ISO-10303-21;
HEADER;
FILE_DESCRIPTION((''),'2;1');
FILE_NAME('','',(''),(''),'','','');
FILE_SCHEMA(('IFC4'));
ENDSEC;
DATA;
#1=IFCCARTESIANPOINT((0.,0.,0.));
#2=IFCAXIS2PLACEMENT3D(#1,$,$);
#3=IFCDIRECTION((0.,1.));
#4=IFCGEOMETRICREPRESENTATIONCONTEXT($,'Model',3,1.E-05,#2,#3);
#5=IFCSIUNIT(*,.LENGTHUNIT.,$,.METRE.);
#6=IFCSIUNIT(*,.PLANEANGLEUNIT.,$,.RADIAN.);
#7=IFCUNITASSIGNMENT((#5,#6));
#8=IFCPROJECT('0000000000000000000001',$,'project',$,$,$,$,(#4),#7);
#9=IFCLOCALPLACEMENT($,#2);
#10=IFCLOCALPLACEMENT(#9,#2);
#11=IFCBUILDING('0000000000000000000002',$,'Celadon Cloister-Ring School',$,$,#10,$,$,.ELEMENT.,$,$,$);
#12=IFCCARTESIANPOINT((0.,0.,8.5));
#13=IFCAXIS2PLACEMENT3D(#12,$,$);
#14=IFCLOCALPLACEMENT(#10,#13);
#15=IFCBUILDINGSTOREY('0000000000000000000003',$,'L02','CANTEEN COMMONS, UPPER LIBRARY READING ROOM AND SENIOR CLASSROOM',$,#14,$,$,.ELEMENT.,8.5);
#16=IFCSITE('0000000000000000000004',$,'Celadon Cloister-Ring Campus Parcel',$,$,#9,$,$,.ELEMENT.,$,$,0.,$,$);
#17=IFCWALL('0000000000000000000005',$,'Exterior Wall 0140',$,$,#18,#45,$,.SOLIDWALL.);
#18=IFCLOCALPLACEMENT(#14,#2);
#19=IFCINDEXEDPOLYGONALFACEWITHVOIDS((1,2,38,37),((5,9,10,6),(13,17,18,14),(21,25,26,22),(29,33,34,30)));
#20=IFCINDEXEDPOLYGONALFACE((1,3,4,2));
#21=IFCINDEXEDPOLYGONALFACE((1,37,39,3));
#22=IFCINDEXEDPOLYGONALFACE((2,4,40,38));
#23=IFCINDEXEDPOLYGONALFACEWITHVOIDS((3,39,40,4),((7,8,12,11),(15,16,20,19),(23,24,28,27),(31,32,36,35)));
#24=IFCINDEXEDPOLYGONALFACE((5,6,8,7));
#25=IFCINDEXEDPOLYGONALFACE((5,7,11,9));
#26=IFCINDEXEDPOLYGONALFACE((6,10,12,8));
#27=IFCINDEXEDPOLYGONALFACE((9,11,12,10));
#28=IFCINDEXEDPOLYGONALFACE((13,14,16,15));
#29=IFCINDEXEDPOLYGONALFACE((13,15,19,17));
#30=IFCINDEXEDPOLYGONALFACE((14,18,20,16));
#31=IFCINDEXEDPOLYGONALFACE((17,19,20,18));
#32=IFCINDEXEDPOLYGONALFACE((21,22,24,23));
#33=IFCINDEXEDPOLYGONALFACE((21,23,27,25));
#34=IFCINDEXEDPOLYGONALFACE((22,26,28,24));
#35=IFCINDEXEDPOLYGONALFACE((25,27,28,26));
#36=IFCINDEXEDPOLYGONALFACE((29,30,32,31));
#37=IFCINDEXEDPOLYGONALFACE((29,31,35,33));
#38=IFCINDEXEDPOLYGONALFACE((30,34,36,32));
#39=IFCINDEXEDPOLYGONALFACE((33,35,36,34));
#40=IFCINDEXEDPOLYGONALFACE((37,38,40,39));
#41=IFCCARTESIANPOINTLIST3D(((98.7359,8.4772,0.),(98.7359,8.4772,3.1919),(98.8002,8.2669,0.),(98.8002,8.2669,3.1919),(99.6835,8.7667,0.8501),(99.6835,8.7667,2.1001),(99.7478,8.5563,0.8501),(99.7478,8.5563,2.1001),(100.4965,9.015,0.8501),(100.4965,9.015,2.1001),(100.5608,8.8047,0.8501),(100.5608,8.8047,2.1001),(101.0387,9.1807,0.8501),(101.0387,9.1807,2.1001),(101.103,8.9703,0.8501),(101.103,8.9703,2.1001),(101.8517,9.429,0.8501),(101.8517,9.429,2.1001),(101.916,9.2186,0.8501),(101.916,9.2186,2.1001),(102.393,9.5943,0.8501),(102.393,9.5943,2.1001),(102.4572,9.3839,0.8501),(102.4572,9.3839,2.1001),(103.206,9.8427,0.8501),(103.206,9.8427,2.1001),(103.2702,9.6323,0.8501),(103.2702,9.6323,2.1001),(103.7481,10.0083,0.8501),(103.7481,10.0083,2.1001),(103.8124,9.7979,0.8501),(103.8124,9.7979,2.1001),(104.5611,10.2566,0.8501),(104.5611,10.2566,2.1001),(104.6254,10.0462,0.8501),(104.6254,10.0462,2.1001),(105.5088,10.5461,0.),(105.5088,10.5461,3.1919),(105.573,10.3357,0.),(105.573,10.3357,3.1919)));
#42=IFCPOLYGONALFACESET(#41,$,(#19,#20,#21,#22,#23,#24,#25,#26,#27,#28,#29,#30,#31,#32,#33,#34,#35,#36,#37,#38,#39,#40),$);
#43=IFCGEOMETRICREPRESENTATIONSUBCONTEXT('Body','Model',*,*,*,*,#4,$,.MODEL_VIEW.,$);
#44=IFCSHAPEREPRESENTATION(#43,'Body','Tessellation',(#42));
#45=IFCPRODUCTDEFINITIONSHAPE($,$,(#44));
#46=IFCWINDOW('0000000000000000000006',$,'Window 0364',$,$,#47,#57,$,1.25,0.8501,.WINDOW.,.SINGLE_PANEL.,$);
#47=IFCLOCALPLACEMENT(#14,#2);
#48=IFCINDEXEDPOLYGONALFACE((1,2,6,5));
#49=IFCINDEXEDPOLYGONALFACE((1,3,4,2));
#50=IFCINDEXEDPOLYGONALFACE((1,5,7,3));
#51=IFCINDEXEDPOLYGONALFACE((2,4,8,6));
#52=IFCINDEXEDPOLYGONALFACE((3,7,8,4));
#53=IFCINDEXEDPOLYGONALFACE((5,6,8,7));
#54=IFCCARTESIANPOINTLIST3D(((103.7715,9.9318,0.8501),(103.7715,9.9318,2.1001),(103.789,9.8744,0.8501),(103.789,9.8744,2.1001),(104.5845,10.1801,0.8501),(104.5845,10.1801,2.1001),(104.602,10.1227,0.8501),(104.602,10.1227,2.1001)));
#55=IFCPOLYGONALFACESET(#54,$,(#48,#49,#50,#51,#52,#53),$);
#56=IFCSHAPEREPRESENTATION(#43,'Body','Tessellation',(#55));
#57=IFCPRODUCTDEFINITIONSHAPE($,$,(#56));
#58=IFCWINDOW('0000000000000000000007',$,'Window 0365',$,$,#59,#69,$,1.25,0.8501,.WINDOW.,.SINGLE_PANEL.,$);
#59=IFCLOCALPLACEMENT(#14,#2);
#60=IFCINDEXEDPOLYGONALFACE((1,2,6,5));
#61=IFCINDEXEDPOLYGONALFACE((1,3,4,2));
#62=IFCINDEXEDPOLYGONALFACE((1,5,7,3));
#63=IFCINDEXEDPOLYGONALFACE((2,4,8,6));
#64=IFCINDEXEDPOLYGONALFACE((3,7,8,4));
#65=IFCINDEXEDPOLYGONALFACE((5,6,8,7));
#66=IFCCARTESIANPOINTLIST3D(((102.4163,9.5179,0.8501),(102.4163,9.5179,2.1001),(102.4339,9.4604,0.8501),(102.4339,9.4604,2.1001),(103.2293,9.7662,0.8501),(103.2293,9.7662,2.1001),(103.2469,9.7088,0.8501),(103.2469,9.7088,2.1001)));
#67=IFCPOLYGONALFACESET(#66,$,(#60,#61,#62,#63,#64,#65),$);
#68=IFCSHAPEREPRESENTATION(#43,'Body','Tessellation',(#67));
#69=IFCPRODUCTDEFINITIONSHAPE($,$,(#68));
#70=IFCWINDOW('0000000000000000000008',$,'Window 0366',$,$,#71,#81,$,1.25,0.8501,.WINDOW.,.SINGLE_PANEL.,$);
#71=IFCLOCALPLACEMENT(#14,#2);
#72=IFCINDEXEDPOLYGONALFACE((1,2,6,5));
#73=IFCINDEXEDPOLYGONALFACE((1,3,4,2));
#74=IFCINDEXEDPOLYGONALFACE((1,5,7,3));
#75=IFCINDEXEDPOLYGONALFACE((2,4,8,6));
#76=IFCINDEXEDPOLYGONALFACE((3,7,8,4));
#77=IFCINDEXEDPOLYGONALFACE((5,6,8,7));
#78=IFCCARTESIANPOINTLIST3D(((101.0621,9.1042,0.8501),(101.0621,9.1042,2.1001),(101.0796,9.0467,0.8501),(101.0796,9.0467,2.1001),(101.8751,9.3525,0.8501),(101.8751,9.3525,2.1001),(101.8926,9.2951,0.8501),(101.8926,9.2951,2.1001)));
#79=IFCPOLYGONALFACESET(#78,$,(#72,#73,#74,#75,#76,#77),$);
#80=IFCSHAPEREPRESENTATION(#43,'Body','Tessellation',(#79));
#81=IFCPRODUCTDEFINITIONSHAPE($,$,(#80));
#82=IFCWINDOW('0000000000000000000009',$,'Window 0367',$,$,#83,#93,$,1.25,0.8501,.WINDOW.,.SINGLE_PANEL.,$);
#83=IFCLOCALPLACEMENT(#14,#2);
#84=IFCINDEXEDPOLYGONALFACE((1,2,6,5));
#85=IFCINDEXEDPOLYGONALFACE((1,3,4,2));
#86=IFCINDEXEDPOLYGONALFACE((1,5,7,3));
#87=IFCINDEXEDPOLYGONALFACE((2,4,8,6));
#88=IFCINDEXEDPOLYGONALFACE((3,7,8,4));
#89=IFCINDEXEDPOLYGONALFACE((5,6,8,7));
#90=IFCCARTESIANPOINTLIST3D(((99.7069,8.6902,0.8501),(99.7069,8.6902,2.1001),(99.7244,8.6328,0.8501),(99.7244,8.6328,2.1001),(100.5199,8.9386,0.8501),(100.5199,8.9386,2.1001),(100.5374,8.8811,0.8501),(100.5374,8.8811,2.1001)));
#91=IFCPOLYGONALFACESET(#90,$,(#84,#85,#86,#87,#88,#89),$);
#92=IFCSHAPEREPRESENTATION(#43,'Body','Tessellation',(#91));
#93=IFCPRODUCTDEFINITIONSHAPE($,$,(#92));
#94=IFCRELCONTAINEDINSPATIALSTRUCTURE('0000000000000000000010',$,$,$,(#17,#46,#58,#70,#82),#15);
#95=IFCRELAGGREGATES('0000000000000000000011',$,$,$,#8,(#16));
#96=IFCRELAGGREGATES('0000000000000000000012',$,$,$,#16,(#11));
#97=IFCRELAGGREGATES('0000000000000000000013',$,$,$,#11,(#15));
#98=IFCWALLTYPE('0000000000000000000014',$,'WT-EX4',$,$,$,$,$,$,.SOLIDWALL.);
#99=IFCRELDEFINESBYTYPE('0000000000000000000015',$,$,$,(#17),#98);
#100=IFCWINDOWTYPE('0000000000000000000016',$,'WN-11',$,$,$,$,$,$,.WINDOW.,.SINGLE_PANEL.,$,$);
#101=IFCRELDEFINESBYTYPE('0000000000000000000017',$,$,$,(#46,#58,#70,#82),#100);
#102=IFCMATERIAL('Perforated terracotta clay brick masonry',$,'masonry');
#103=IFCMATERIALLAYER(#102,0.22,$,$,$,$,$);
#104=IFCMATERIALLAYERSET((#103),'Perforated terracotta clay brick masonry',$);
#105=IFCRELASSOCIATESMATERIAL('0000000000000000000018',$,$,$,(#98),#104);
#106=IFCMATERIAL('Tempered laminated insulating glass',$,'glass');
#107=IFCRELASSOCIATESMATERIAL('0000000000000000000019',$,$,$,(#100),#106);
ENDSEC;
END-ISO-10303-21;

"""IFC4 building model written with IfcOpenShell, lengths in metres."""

from ifc_helpers import new_model, si_unit, direction, frame, frame_2d, origin, place, context, subcontext, project, spatial, rectangle, extrude, material, layer, layer_set, type_object, element, fill, save


model = new_model("IFC4")

# Units and contexts
model_context = context("Model", 3, precision=1e-05, world=origin(), true_north=direction((0.0, 1.0)))
body_context = subcontext(model_context, "Body", "Model", "MODEL_VIEW")
ifc_project = project(units=[si_unit("LENGTHUNIT", "METRE"), si_unit("PLANEANGLEUNIT", "RADIAN")], contexts=[model_context])

# Site, building, storey
site_placement = place(None, origin())
site = spatial("IfcSite", under=ifc_project, at=site_placement, Name="Celadon Cloister-Ring Campus Parcel", CompositionType="ELEMENT", RefElevation=0.0)
building_placement = place(site_placement, origin())
building = spatial("IfcBuilding", under=site, at=building_placement, Name="Celadon Cloister-Ring School", CompositionType="ELEMENT")
storey_placement = place(building_placement, frame((0.0, 0.0, 8.5)))
storey = spatial("IfcBuildingStorey", under=building, at=storey_placement, Name="L02", Description="CANTEEN COMMONS, UPPER LIBRARY READING ROOM AND SENIOR CLASSROOM", CompositionType="ELEMENT", Elevation=8.5)

# Wall, openings, windows
ifc_material_1 = material(Name="Perforated terracotta clay brick masonry", Category="masonry")
ifc_layer_1 = layer(ifc_material_1, 0.22)
ifc_layer_set_1 = layer_set([ifc_layer_1], Name="Perforated terracotta clay brick masonry")
wall_type_1 = type_object("IfcWallType", Name="WT-EX4", PredefinedType="SOLIDWALL", material=ifc_layer_set_1)
wall_1_placement = place(storey_placement, frame((105.541, 10.4409, 0.0), z_axis=(0.0, 0.0, 1.0), x_axis=(-0.956378, -0.292133, 0.0)))
wall_1 = element("IfcWall", 1, at=wall_1_placement, inside=storey, type_object=wall_type_1, Name="Exterior Wall 0140", PredefinedType="SOLIDWALL", context=body_context, shape_type="SweptSolid", body=[
    extrude(rectangle(XDim=7.0818, YDim=0.22, at=frame_2d((3.541, 0.0))), origin(), (0.0, 0.0, 1.0), 3.1919),
])
opening_1_placement = place(wall_1_placement, frame((0.991, 0.0, 0.8501)))
opening_1 = element("IfcOpeningElement", 2, at=opening_1_placement, cuts=wall_1, PredefinedType="OPENING", context=body_context, shape_type="SweptSolid", body=[
    extrude(rectangle(XDim=0.8501, YDim=1.25, at=frame_2d((0.425, 0.625))), frame((0.0, 0.1201, 0.0), z_axis=(0.0, -1.0, 0.0), x_axis=(1.0, 0.0, 0.0)), (0.0, 0.0, 1.0), 0.24),
])
opening_2_placement = place(wall_1_placement, frame((2.408, 0.0, 0.8501)))
opening_2 = element("IfcOpeningElement", 3, at=opening_2_placement, cuts=wall_1, PredefinedType="OPENING", context=body_context, shape_type="SweptSolid", body=[
    extrude(rectangle(XDim=0.8501, YDim=1.25, at=frame_2d((0.425, 0.625))), frame((0.0, 0.1201, 0.0), z_axis=(0.0, -1.0, 0.0), x_axis=(1.0, 0.0, 0.0)), (0.0, 0.0, 1.0), 0.24),
])
opening_3_placement = place(wall_1_placement, frame((3.824, 0.0, 0.8501)))
opening_3 = element("IfcOpeningElement", 4, at=opening_3_placement, cuts=wall_1, PredefinedType="OPENING", context=body_context, shape_type="SweptSolid", body=[
    extrude(rectangle(XDim=0.8501, YDim=1.25, at=frame_2d((0.425, 0.625))), frame((0.0, 0.1201, 0.0), z_axis=(0.0, -1.0, 0.0), x_axis=(1.0, 0.0, 0.0)), (0.0, 0.0, 1.0), 0.24),
])
opening_4_placement = place(wall_1_placement, frame((5.241, 0.0, 0.8501)))
opening_4 = element("IfcOpeningElement", 5, at=opening_4_placement, cuts=wall_1, PredefinedType="OPENING", context=body_context, shape_type="SweptSolid", body=[
    extrude(rectangle(XDim=0.8501, YDim=1.25, at=frame_2d((0.425, 0.625))), frame((0.0, 0.1201, 0.0), z_axis=(0.0, -1.0, 0.0), x_axis=(1.0, 0.0, 0.0)), (0.0, 0.0, 1.0), 0.24),
])
ifc_material_2 = material(Name="Tempered laminated insulating glass", Category="glass")
window_type = type_object("IfcWindowType", Name="WN-11", PartitioningType="SINGLE_PANEL", PredefinedType="WINDOW", material=ifc_material_2)
window_1_placement = place(opening_1_placement, origin())
window_1 = element("IfcWindow", 6, at=window_1_placement, inside=storey, type_object=window_type, Name="Window 0364", OverallHeight=1.25, OverallWidth=0.8501, PartitioningType="SINGLE_PANEL", PredefinedType="WINDOW", context=body_context, shape_type="SweptSolid", body=[
    extrude(rectangle(XDim=0.8501, YDim=1.25, at=frame_2d((0.425, 0.625))), frame((0.0, 0.03, 0.0), z_axis=(0.0, -1.0, 0.0), x_axis=(1.0, 0.0, 0.0)), (0.0, 0.0, 1.0), 0.0601),
])
fill(opening_1, window_1)
window_2_placement = place(opening_2_placement, origin())
window_2 = element("IfcWindow", 7, at=window_2_placement, inside=storey, type_object=window_type, Name="Window 0365", OverallHeight=1.25, OverallWidth=0.8501, PartitioningType="SINGLE_PANEL", PredefinedType="WINDOW", context=body_context, shape_type="SweptSolid", body=[
    extrude(rectangle(XDim=0.8501, YDim=1.25, at=frame_2d((0.425, 0.625))), frame((0.0, 0.03, 0.0), z_axis=(0.0, -1.0, 0.0), x_axis=(1.0, 0.0, 0.0)), (0.0, 0.0, 1.0), 0.0601),
])
fill(opening_2, window_2)
window_3_placement = place(opening_3_placement, origin())
window_3 = element("IfcWindow", 8, at=window_3_placement, inside=storey, type_object=window_type, Name="Window 0366", OverallHeight=1.25, OverallWidth=0.8501, PartitioningType="SINGLE_PANEL", PredefinedType="WINDOW", context=body_context, shape_type="SweptSolid", body=[
    extrude(rectangle(XDim=0.8501, YDim=1.25, at=frame_2d((0.425, 0.625))), frame((0.0, 0.03, 0.0), z_axis=(0.0, -1.0, 0.0), x_axis=(1.0, 0.0, 0.0)), (0.0, 0.0, 1.0), 0.0601),
])
fill(opening_3, window_3)
window_4_placement = place(opening_4_placement, origin())
window_4 = element("IfcWindow", 9, at=window_4_placement, inside=storey, type_object=window_type, Name="Window 0367", OverallHeight=1.25, OverallWidth=0.8501, PartitioningType="SINGLE_PANEL", PredefinedType="WINDOW", context=body_context, shape_type="SweptSolid", body=[
    extrude(rectangle(XDim=0.8501, YDim=1.25, at=frame_2d((0.425, 0.625))), frame((0.0, 0.03, 0.0), z_axis=(0.0, -1.0, 0.0), x_axis=(1.0, 0.0, 0.0)), (0.0, 0.0, 1.0), 0.0601),
])
fill(opening_4, window_4)

save(model, "model.ifc")
